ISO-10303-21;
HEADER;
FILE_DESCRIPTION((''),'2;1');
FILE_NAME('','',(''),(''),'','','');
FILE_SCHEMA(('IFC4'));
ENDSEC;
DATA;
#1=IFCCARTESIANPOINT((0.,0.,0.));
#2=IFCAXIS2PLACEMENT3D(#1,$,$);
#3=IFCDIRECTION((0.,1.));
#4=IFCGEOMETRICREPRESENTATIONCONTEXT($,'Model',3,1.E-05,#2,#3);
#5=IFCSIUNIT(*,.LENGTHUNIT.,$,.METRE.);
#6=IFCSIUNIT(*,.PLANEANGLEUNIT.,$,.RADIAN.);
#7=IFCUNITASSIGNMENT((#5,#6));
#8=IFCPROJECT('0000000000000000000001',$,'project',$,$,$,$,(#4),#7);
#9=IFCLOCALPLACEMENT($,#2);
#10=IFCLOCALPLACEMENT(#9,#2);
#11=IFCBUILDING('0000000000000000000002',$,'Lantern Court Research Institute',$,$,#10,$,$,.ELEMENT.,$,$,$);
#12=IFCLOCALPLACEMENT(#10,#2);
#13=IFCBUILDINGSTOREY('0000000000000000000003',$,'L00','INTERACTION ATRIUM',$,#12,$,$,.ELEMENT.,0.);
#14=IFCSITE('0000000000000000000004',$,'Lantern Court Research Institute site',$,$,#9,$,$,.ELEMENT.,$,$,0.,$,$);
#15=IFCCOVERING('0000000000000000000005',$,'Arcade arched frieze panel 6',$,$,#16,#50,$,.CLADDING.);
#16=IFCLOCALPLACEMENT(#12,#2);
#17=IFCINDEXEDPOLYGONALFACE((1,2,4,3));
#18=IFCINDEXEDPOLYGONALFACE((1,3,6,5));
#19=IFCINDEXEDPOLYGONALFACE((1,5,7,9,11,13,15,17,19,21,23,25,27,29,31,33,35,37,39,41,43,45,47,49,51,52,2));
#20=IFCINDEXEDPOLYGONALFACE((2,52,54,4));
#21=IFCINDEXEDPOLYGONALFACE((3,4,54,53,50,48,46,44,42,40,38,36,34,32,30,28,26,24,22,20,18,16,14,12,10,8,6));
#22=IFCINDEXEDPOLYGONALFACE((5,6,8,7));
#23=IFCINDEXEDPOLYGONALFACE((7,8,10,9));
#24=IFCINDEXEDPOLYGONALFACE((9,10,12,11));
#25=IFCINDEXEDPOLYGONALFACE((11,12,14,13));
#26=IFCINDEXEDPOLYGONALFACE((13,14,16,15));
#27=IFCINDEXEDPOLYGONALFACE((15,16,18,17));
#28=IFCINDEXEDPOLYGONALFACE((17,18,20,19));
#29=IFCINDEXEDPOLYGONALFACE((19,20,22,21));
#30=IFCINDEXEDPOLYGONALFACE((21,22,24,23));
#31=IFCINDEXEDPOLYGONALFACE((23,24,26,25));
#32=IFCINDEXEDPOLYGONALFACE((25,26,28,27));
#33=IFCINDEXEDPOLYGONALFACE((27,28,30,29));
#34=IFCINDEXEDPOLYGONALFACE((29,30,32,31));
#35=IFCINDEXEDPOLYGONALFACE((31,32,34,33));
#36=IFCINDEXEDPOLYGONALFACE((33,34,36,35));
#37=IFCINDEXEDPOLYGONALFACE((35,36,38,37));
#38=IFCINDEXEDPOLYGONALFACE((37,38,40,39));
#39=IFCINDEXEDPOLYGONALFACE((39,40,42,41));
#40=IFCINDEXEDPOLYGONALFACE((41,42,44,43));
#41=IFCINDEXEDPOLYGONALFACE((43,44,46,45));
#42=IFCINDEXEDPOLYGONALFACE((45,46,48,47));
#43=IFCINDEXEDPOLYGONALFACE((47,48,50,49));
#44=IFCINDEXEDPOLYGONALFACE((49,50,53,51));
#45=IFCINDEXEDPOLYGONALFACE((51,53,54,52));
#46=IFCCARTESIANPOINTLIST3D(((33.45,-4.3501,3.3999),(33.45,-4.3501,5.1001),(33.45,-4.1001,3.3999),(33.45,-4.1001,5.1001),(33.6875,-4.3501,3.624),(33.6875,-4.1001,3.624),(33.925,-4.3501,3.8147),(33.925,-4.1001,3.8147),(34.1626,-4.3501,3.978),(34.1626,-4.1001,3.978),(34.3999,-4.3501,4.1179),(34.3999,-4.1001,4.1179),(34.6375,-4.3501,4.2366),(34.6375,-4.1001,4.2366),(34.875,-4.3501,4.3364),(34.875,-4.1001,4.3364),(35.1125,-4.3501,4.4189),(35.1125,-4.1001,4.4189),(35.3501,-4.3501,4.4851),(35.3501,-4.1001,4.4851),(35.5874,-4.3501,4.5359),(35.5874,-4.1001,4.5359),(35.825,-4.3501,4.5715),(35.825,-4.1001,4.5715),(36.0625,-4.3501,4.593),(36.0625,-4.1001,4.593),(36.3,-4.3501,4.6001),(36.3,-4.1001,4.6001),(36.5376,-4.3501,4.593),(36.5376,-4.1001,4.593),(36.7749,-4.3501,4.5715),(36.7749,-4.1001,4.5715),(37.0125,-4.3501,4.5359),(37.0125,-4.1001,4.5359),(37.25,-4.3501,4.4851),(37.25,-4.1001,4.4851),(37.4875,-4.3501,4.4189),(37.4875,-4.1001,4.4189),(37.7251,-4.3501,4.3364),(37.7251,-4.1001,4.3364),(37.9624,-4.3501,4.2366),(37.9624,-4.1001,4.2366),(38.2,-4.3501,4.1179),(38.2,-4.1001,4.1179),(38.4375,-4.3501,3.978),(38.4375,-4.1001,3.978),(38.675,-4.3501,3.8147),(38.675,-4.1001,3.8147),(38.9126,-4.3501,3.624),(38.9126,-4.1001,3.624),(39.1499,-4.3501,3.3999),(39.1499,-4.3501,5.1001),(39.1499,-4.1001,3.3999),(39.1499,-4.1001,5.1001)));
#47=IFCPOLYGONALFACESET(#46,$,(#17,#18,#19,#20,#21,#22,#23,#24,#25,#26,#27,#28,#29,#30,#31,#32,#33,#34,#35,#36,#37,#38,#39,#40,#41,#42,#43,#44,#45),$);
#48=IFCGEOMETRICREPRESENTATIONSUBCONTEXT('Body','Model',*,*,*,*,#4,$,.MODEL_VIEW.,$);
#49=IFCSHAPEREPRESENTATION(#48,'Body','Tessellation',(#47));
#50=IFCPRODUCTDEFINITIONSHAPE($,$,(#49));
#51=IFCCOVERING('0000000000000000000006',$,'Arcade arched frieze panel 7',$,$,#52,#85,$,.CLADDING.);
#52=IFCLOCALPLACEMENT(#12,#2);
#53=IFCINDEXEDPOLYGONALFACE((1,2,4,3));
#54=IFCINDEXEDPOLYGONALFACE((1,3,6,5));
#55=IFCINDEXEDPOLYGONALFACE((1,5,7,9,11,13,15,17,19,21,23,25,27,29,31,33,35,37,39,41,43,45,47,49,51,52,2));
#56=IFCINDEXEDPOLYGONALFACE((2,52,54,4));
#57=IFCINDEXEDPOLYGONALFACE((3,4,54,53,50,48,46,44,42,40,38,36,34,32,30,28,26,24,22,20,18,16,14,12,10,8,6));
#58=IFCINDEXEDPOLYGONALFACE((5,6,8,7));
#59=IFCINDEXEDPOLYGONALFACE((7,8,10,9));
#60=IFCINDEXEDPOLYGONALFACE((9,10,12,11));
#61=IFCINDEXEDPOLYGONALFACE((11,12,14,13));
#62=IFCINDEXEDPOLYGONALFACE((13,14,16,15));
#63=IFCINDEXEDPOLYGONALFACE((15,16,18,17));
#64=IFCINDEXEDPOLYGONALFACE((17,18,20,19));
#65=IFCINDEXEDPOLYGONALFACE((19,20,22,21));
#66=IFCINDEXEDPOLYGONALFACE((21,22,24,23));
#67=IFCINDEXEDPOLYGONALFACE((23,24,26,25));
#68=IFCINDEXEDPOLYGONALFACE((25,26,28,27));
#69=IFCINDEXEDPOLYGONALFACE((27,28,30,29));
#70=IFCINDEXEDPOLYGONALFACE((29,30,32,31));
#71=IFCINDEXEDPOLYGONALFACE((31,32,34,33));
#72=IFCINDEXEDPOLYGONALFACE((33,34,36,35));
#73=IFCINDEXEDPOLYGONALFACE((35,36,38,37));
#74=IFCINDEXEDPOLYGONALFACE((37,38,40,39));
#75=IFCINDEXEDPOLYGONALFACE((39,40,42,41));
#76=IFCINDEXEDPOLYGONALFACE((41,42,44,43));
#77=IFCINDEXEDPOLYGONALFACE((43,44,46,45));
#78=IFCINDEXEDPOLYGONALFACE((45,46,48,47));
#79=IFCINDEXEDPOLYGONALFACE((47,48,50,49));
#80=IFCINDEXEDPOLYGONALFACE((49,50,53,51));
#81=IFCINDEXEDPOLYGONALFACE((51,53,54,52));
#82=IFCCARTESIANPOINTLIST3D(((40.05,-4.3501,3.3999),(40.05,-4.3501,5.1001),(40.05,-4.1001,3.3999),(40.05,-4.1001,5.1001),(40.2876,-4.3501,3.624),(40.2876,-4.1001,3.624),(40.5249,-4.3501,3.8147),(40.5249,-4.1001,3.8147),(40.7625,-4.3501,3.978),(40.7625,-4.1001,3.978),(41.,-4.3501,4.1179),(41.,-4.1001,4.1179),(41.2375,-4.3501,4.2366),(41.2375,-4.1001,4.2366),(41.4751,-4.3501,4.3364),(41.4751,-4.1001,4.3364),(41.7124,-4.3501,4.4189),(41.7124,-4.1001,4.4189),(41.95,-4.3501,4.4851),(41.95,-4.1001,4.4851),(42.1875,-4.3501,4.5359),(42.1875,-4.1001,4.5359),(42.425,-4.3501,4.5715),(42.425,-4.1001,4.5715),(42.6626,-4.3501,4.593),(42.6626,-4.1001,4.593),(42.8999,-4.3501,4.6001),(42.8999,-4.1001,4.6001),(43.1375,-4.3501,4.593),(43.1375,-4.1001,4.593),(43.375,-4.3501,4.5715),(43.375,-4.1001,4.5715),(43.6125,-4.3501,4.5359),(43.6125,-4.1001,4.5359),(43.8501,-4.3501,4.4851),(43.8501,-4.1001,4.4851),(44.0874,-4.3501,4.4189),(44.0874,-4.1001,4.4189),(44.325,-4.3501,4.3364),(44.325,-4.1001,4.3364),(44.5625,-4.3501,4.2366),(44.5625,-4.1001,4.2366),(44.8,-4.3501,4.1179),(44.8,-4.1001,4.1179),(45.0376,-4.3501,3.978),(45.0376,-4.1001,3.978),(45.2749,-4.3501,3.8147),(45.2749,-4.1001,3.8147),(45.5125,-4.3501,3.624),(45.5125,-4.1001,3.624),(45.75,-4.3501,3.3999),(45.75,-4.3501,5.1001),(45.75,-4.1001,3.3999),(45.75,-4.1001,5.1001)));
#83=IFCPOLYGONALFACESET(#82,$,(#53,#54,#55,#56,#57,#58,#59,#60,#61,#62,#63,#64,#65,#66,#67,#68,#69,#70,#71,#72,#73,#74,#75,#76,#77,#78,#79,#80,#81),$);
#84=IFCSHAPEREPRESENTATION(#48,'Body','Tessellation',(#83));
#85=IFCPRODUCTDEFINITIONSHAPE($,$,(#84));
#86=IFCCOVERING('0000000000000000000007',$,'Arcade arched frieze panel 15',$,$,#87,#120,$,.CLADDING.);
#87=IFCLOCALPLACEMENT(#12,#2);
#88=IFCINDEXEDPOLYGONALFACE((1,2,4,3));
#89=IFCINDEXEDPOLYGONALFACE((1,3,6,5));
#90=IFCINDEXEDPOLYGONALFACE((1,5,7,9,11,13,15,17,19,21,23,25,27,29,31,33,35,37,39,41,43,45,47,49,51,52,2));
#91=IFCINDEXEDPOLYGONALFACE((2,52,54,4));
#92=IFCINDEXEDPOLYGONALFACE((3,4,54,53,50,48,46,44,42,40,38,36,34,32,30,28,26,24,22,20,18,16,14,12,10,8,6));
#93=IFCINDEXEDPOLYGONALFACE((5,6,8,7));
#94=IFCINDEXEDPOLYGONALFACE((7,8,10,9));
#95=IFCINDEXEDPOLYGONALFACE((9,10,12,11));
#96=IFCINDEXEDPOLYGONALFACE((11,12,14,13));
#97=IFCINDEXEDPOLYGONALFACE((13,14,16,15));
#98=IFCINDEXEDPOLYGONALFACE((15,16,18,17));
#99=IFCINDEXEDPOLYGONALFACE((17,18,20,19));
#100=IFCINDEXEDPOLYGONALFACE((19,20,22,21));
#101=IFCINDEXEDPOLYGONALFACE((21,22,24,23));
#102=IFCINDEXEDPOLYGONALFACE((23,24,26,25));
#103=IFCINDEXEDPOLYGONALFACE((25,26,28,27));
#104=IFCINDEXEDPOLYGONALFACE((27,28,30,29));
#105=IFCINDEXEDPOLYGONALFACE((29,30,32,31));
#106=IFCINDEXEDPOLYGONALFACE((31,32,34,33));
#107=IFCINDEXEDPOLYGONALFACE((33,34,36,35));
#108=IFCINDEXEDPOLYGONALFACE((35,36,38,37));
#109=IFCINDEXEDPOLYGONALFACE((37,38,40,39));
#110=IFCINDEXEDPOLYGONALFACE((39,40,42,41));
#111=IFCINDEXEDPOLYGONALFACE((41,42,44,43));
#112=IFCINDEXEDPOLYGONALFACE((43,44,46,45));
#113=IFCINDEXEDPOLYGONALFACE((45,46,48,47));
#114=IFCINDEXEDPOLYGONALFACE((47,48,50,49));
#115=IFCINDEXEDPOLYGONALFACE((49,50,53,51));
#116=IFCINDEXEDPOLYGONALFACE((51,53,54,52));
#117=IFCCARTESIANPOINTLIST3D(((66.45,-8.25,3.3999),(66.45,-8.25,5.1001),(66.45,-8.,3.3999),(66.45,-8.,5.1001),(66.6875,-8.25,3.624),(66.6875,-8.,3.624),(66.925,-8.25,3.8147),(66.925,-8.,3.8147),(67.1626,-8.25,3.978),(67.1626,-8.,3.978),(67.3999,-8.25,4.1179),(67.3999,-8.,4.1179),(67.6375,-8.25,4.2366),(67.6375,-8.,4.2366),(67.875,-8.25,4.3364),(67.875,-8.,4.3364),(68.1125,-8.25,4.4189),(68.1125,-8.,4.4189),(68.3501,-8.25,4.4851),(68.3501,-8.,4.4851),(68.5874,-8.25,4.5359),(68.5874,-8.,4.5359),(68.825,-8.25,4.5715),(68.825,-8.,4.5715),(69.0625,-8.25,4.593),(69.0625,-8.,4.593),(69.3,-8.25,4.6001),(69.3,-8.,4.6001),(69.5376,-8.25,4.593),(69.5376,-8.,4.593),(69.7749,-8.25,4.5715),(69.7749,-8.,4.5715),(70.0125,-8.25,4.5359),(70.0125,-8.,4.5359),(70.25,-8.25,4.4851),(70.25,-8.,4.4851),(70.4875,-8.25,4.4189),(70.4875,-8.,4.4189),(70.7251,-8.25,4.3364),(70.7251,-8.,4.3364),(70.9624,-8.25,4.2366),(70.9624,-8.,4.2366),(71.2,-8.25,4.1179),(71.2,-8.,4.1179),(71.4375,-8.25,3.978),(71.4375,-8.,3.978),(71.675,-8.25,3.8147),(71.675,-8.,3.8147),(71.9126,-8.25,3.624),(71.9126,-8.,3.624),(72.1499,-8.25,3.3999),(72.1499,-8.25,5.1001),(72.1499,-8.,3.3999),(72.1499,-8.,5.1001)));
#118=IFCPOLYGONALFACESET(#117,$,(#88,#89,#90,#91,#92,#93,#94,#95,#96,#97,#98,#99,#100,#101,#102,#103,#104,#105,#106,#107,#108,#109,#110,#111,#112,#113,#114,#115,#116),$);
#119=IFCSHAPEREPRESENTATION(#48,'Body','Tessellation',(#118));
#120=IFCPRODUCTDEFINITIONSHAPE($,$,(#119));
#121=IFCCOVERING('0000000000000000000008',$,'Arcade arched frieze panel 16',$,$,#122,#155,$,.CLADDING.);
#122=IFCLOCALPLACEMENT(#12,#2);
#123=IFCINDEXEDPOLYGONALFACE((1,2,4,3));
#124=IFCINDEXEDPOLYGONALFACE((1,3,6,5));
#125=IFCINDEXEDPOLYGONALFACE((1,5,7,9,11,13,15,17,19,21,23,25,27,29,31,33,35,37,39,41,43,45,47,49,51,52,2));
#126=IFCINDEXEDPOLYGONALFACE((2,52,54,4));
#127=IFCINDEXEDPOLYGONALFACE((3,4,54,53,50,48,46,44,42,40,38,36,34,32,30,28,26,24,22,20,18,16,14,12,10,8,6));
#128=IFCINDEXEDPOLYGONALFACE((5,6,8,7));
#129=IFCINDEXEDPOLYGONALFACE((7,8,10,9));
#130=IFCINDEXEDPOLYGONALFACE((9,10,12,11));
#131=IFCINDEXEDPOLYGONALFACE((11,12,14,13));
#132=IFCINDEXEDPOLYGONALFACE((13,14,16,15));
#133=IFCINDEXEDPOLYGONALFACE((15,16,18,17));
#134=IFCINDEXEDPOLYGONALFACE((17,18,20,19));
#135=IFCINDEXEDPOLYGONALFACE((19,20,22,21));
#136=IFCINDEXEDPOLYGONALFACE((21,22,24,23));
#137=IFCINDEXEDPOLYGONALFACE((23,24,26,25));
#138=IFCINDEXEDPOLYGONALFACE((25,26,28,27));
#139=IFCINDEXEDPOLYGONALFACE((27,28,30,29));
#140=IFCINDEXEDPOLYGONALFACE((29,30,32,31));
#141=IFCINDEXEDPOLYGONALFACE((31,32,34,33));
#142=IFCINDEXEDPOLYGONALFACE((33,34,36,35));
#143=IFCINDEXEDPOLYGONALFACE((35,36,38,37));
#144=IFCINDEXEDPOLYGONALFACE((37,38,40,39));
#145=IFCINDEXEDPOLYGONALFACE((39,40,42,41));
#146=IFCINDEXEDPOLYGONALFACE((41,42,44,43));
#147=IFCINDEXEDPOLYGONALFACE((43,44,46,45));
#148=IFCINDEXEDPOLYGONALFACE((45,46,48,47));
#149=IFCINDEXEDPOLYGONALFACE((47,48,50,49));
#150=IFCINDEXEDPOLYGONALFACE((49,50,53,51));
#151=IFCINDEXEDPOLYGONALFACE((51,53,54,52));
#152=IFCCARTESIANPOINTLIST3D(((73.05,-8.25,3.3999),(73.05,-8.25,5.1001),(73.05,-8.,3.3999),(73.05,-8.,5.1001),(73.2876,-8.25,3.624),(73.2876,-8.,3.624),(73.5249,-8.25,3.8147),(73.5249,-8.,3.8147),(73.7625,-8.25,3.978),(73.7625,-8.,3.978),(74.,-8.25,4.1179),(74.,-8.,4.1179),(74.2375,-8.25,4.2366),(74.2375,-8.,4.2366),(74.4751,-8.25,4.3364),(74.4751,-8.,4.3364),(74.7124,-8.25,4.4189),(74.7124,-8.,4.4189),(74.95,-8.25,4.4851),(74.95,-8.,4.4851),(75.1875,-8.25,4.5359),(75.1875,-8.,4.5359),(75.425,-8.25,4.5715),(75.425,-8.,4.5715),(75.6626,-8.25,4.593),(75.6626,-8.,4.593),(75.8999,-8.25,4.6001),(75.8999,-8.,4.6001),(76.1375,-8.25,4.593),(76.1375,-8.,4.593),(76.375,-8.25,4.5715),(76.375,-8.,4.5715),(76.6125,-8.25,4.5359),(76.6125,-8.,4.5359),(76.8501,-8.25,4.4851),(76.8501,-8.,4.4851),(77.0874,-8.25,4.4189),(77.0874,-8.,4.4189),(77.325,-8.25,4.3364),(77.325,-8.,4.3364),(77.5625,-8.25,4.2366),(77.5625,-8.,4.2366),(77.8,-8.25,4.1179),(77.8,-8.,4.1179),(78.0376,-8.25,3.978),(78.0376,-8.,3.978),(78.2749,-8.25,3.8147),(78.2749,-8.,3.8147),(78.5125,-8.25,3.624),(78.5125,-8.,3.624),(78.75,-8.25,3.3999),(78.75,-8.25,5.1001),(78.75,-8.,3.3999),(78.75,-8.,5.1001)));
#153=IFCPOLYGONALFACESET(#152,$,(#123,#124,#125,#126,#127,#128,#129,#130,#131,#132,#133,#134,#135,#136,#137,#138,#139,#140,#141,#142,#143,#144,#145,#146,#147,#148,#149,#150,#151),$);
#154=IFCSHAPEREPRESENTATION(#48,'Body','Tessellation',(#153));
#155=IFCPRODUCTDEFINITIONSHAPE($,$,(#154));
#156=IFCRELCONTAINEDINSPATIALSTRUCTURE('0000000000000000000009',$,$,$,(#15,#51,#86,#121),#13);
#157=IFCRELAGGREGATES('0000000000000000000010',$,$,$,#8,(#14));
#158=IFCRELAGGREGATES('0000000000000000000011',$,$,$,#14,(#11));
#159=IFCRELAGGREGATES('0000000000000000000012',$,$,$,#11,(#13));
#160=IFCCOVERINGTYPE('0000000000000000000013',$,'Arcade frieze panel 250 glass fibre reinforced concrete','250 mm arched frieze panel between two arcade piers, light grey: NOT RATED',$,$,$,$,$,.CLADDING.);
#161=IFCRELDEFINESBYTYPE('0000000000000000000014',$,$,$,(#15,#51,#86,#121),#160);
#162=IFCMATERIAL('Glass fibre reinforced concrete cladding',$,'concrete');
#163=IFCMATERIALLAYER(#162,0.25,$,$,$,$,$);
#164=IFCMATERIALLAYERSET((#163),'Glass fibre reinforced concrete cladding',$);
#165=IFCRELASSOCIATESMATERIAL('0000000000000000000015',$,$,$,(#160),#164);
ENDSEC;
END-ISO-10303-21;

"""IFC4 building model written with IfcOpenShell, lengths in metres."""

from ifc_helpers import new_model, si_unit, direction, frame, origin, place, context, subcontext, project, spatial, polyline, outline, extrude, material, layer, layer_set, type_object, element, save


model = new_model("IFC4")

# Units and contexts
model_context = context("Model", 3, precision=1e-05, world=origin(), true_north=direction((0.0, 1.0)))
body_context = subcontext(model_context, "Body", "Model", "MODEL_VIEW")
ifc_project = project(units=[si_unit("LENGTHUNIT", "METRE"), si_unit("PLANEANGLEUNIT", "RADIAN")], contexts=[model_context])

# Site, building, storey
site_placement = place(None, origin())
site = spatial("IfcSite", under=ifc_project, at=site_placement, Name="Lantern Court Research Institute site", CompositionType="ELEMENT", RefElevation=0.0)
building_placement = place(site_placement, origin())
building = spatial("IfcBuilding", under=site, at=building_placement, Name="Lantern Court Research Institute", CompositionType="ELEMENT")
storey_placement = place(building_placement, origin())
storey = spatial("IfcBuildingStorey", under=building, at=storey_placement, Name="L00", Description="INTERACTION ATRIUM", CompositionType="ELEMENT", Elevation=0.0)

# Coverings
ifc_material_1 = material(Name="Glass fibre reinforced concrete cladding", Category="concrete")
ifc_layer_1 = layer(ifc_material_1, 0.25)
ifc_layer_set_1 = layer_set([ifc_layer_1], Name="Glass fibre reinforced concrete cladding")
covering_type = type_object("IfcCoveringType", Name="Arcade frieze panel 250 glass fibre reinforced concrete", Description="250 mm arched frieze panel between two arcade piers, light grey: NOT RATED", PredefinedType="CLADDING", material=ifc_layer_set_1)
covering_1_placement = place(storey_placement, frame((0.0, -4.1001, 0.0), z_axis=(0.0, -1.0, 0.0), x_axis=(1.0, 0.0, 0.0)))
element("IfcCovering", 1, at=covering_1_placement, inside=storey, type_object=covering_type, Name="Arcade arched frieze panel 6", PredefinedType="CLADDING", context=body_context, shape_type="SweptSolid", body=[
    extrude(outline(polyline([(33.45, 5.1001), (33.45, 3.3999), (33.6875, 3.624), (33.925, 3.8147), (34.1626, 3.978), (34.3999, 4.1179), (34.6375, 4.2366), (34.875, 4.3364), (35.1125, 4.4189), (35.3501, 4.4851), (35.5874, 4.5359), (35.825, 4.5715), (36.0625, 4.593), (36.3, 4.6001), (36.5376, 4.593), (36.7749, 4.5715), (37.0125, 4.5359), (37.25, 4.4851), (37.4875, 4.4189), (37.7251, 4.3364), (37.9624, 4.2366), (38.2, 4.1179), (38.4375, 3.978), (38.675, 3.8147), (38.9126, 3.624), (39.1499, 3.3999), (39.1499, 5.1001), (33.45, 5.1001)])), origin(), (0.0, 0.0, 1.0), 0.25),
])
covering_2_placement = place(storey_placement, frame((0.0, -4.1001, 0.0), z_axis=(0.0, -1.0, 0.0), x_axis=(1.0, 0.0, 0.0)))
element("IfcCovering", 2, at=covering_2_placement, inside=storey, type_object=covering_type, Name="Arcade arched frieze panel 7", PredefinedType="CLADDING", context=body_context, shape_type="SweptSolid", body=[
    extrude(outline(polyline([(40.05, 5.1001), (40.05, 3.3999), (40.2876, 3.624), (40.5249, 3.8147), (40.7625, 3.978), (41.0, 4.1179), (41.2375, 4.2366), (41.4751, 4.3364), (41.7124, 4.4189), (41.95, 4.4851), (42.1875, 4.5359), (42.425, 4.5715), (42.6626, 4.593), (42.8999, 4.6001), (43.1375, 4.593), (43.375, 4.5715), (43.6125, 4.5359), (43.8501, 4.4851), (44.0874, 4.4189), (44.325, 4.3364), (44.5625, 4.2366), (44.8, 4.1179), (45.0376, 3.978), (45.2749, 3.8147), (45.5125, 3.624), (45.75, 3.3999), (45.75, 5.1001), (40.05, 5.1001)])), origin(), (0.0, 0.0, 1.0), 0.25),
])
covering_3_placement = place(storey_placement, frame((0.0, -8.0, 0.0), z_axis=(0.0, -1.0, 0.0), x_axis=(1.0, 0.0, 0.0)))
element("IfcCovering", 3, at=covering_3_placement, inside=storey, type_object=covering_type, Name="Arcade arched frieze panel 15", PredefinedType="CLADDING", context=body_context, shape_type="SweptSolid", body=[
    extrude(outline(polyline([(66.45, 5.1001), (66.45, 3.3999), (66.6875, 3.624), (66.925, 3.8147), (67.1626, 3.978), (67.3999, 4.1179), (67.6375, 4.2366), (67.875, 4.3364), (68.1125, 4.4189), (68.3501, 4.4851), (68.5874, 4.5359), (68.825, 4.5715), (69.0625, 4.593), (69.3, 4.6001), (69.5376, 4.593), (69.7749, 4.5715), (70.0125, 4.5359), (70.25, 4.4851), (70.4875, 4.4189), (70.7251, 4.3364), (70.9624, 4.2366), (71.2, 4.1179), (71.4375, 3.978), (71.675, 3.8147), (71.9126, 3.624), (72.1499, 3.3999), (72.1499, 5.1001), (66.45, 5.1001)])), origin(), (0.0, 0.0, 1.0), 0.25),
])
covering_4_placement = place(storey_placement, frame((0.0, -8.0, 0.0), z_axis=(0.0, -1.0, 0.0), x_axis=(1.0, 0.0, 0.0)))
element("IfcCovering", 4, at=covering_4_placement, inside=storey, type_object=covering_type, Name="Arcade arched frieze panel 16", PredefinedType="CLADDING", context=body_context, shape_type="SweptSolid", body=[
    extrude(outline(polyline([(73.05, 5.1001), (73.05, 3.3999), (73.2876, 3.624), (73.5249, 3.8147), (73.7625, 3.978), (74.0, 4.1179), (74.2375, 4.2366), (74.4751, 4.3364), (74.7124, 4.4189), (74.95, 4.4851), (75.1875, 4.5359), (75.425, 4.5715), (75.6626, 4.593), (75.8999, 4.6001), (76.1375, 4.593), (76.375, 4.5715), (76.6125, 4.5359), (76.8501, 4.4851), (77.0874, 4.4189), (77.325, 4.3364), (77.5625, 4.2366), (77.8, 4.1179), (78.0376, 3.978), (78.2749, 3.8147), (78.5125, 3.624), (78.75, 3.3999), (78.75, 5.1001), (73.05, 5.1001)])), origin(), (0.0, 0.0, 1.0), 0.25),
])

save(model, "model.ifc")
